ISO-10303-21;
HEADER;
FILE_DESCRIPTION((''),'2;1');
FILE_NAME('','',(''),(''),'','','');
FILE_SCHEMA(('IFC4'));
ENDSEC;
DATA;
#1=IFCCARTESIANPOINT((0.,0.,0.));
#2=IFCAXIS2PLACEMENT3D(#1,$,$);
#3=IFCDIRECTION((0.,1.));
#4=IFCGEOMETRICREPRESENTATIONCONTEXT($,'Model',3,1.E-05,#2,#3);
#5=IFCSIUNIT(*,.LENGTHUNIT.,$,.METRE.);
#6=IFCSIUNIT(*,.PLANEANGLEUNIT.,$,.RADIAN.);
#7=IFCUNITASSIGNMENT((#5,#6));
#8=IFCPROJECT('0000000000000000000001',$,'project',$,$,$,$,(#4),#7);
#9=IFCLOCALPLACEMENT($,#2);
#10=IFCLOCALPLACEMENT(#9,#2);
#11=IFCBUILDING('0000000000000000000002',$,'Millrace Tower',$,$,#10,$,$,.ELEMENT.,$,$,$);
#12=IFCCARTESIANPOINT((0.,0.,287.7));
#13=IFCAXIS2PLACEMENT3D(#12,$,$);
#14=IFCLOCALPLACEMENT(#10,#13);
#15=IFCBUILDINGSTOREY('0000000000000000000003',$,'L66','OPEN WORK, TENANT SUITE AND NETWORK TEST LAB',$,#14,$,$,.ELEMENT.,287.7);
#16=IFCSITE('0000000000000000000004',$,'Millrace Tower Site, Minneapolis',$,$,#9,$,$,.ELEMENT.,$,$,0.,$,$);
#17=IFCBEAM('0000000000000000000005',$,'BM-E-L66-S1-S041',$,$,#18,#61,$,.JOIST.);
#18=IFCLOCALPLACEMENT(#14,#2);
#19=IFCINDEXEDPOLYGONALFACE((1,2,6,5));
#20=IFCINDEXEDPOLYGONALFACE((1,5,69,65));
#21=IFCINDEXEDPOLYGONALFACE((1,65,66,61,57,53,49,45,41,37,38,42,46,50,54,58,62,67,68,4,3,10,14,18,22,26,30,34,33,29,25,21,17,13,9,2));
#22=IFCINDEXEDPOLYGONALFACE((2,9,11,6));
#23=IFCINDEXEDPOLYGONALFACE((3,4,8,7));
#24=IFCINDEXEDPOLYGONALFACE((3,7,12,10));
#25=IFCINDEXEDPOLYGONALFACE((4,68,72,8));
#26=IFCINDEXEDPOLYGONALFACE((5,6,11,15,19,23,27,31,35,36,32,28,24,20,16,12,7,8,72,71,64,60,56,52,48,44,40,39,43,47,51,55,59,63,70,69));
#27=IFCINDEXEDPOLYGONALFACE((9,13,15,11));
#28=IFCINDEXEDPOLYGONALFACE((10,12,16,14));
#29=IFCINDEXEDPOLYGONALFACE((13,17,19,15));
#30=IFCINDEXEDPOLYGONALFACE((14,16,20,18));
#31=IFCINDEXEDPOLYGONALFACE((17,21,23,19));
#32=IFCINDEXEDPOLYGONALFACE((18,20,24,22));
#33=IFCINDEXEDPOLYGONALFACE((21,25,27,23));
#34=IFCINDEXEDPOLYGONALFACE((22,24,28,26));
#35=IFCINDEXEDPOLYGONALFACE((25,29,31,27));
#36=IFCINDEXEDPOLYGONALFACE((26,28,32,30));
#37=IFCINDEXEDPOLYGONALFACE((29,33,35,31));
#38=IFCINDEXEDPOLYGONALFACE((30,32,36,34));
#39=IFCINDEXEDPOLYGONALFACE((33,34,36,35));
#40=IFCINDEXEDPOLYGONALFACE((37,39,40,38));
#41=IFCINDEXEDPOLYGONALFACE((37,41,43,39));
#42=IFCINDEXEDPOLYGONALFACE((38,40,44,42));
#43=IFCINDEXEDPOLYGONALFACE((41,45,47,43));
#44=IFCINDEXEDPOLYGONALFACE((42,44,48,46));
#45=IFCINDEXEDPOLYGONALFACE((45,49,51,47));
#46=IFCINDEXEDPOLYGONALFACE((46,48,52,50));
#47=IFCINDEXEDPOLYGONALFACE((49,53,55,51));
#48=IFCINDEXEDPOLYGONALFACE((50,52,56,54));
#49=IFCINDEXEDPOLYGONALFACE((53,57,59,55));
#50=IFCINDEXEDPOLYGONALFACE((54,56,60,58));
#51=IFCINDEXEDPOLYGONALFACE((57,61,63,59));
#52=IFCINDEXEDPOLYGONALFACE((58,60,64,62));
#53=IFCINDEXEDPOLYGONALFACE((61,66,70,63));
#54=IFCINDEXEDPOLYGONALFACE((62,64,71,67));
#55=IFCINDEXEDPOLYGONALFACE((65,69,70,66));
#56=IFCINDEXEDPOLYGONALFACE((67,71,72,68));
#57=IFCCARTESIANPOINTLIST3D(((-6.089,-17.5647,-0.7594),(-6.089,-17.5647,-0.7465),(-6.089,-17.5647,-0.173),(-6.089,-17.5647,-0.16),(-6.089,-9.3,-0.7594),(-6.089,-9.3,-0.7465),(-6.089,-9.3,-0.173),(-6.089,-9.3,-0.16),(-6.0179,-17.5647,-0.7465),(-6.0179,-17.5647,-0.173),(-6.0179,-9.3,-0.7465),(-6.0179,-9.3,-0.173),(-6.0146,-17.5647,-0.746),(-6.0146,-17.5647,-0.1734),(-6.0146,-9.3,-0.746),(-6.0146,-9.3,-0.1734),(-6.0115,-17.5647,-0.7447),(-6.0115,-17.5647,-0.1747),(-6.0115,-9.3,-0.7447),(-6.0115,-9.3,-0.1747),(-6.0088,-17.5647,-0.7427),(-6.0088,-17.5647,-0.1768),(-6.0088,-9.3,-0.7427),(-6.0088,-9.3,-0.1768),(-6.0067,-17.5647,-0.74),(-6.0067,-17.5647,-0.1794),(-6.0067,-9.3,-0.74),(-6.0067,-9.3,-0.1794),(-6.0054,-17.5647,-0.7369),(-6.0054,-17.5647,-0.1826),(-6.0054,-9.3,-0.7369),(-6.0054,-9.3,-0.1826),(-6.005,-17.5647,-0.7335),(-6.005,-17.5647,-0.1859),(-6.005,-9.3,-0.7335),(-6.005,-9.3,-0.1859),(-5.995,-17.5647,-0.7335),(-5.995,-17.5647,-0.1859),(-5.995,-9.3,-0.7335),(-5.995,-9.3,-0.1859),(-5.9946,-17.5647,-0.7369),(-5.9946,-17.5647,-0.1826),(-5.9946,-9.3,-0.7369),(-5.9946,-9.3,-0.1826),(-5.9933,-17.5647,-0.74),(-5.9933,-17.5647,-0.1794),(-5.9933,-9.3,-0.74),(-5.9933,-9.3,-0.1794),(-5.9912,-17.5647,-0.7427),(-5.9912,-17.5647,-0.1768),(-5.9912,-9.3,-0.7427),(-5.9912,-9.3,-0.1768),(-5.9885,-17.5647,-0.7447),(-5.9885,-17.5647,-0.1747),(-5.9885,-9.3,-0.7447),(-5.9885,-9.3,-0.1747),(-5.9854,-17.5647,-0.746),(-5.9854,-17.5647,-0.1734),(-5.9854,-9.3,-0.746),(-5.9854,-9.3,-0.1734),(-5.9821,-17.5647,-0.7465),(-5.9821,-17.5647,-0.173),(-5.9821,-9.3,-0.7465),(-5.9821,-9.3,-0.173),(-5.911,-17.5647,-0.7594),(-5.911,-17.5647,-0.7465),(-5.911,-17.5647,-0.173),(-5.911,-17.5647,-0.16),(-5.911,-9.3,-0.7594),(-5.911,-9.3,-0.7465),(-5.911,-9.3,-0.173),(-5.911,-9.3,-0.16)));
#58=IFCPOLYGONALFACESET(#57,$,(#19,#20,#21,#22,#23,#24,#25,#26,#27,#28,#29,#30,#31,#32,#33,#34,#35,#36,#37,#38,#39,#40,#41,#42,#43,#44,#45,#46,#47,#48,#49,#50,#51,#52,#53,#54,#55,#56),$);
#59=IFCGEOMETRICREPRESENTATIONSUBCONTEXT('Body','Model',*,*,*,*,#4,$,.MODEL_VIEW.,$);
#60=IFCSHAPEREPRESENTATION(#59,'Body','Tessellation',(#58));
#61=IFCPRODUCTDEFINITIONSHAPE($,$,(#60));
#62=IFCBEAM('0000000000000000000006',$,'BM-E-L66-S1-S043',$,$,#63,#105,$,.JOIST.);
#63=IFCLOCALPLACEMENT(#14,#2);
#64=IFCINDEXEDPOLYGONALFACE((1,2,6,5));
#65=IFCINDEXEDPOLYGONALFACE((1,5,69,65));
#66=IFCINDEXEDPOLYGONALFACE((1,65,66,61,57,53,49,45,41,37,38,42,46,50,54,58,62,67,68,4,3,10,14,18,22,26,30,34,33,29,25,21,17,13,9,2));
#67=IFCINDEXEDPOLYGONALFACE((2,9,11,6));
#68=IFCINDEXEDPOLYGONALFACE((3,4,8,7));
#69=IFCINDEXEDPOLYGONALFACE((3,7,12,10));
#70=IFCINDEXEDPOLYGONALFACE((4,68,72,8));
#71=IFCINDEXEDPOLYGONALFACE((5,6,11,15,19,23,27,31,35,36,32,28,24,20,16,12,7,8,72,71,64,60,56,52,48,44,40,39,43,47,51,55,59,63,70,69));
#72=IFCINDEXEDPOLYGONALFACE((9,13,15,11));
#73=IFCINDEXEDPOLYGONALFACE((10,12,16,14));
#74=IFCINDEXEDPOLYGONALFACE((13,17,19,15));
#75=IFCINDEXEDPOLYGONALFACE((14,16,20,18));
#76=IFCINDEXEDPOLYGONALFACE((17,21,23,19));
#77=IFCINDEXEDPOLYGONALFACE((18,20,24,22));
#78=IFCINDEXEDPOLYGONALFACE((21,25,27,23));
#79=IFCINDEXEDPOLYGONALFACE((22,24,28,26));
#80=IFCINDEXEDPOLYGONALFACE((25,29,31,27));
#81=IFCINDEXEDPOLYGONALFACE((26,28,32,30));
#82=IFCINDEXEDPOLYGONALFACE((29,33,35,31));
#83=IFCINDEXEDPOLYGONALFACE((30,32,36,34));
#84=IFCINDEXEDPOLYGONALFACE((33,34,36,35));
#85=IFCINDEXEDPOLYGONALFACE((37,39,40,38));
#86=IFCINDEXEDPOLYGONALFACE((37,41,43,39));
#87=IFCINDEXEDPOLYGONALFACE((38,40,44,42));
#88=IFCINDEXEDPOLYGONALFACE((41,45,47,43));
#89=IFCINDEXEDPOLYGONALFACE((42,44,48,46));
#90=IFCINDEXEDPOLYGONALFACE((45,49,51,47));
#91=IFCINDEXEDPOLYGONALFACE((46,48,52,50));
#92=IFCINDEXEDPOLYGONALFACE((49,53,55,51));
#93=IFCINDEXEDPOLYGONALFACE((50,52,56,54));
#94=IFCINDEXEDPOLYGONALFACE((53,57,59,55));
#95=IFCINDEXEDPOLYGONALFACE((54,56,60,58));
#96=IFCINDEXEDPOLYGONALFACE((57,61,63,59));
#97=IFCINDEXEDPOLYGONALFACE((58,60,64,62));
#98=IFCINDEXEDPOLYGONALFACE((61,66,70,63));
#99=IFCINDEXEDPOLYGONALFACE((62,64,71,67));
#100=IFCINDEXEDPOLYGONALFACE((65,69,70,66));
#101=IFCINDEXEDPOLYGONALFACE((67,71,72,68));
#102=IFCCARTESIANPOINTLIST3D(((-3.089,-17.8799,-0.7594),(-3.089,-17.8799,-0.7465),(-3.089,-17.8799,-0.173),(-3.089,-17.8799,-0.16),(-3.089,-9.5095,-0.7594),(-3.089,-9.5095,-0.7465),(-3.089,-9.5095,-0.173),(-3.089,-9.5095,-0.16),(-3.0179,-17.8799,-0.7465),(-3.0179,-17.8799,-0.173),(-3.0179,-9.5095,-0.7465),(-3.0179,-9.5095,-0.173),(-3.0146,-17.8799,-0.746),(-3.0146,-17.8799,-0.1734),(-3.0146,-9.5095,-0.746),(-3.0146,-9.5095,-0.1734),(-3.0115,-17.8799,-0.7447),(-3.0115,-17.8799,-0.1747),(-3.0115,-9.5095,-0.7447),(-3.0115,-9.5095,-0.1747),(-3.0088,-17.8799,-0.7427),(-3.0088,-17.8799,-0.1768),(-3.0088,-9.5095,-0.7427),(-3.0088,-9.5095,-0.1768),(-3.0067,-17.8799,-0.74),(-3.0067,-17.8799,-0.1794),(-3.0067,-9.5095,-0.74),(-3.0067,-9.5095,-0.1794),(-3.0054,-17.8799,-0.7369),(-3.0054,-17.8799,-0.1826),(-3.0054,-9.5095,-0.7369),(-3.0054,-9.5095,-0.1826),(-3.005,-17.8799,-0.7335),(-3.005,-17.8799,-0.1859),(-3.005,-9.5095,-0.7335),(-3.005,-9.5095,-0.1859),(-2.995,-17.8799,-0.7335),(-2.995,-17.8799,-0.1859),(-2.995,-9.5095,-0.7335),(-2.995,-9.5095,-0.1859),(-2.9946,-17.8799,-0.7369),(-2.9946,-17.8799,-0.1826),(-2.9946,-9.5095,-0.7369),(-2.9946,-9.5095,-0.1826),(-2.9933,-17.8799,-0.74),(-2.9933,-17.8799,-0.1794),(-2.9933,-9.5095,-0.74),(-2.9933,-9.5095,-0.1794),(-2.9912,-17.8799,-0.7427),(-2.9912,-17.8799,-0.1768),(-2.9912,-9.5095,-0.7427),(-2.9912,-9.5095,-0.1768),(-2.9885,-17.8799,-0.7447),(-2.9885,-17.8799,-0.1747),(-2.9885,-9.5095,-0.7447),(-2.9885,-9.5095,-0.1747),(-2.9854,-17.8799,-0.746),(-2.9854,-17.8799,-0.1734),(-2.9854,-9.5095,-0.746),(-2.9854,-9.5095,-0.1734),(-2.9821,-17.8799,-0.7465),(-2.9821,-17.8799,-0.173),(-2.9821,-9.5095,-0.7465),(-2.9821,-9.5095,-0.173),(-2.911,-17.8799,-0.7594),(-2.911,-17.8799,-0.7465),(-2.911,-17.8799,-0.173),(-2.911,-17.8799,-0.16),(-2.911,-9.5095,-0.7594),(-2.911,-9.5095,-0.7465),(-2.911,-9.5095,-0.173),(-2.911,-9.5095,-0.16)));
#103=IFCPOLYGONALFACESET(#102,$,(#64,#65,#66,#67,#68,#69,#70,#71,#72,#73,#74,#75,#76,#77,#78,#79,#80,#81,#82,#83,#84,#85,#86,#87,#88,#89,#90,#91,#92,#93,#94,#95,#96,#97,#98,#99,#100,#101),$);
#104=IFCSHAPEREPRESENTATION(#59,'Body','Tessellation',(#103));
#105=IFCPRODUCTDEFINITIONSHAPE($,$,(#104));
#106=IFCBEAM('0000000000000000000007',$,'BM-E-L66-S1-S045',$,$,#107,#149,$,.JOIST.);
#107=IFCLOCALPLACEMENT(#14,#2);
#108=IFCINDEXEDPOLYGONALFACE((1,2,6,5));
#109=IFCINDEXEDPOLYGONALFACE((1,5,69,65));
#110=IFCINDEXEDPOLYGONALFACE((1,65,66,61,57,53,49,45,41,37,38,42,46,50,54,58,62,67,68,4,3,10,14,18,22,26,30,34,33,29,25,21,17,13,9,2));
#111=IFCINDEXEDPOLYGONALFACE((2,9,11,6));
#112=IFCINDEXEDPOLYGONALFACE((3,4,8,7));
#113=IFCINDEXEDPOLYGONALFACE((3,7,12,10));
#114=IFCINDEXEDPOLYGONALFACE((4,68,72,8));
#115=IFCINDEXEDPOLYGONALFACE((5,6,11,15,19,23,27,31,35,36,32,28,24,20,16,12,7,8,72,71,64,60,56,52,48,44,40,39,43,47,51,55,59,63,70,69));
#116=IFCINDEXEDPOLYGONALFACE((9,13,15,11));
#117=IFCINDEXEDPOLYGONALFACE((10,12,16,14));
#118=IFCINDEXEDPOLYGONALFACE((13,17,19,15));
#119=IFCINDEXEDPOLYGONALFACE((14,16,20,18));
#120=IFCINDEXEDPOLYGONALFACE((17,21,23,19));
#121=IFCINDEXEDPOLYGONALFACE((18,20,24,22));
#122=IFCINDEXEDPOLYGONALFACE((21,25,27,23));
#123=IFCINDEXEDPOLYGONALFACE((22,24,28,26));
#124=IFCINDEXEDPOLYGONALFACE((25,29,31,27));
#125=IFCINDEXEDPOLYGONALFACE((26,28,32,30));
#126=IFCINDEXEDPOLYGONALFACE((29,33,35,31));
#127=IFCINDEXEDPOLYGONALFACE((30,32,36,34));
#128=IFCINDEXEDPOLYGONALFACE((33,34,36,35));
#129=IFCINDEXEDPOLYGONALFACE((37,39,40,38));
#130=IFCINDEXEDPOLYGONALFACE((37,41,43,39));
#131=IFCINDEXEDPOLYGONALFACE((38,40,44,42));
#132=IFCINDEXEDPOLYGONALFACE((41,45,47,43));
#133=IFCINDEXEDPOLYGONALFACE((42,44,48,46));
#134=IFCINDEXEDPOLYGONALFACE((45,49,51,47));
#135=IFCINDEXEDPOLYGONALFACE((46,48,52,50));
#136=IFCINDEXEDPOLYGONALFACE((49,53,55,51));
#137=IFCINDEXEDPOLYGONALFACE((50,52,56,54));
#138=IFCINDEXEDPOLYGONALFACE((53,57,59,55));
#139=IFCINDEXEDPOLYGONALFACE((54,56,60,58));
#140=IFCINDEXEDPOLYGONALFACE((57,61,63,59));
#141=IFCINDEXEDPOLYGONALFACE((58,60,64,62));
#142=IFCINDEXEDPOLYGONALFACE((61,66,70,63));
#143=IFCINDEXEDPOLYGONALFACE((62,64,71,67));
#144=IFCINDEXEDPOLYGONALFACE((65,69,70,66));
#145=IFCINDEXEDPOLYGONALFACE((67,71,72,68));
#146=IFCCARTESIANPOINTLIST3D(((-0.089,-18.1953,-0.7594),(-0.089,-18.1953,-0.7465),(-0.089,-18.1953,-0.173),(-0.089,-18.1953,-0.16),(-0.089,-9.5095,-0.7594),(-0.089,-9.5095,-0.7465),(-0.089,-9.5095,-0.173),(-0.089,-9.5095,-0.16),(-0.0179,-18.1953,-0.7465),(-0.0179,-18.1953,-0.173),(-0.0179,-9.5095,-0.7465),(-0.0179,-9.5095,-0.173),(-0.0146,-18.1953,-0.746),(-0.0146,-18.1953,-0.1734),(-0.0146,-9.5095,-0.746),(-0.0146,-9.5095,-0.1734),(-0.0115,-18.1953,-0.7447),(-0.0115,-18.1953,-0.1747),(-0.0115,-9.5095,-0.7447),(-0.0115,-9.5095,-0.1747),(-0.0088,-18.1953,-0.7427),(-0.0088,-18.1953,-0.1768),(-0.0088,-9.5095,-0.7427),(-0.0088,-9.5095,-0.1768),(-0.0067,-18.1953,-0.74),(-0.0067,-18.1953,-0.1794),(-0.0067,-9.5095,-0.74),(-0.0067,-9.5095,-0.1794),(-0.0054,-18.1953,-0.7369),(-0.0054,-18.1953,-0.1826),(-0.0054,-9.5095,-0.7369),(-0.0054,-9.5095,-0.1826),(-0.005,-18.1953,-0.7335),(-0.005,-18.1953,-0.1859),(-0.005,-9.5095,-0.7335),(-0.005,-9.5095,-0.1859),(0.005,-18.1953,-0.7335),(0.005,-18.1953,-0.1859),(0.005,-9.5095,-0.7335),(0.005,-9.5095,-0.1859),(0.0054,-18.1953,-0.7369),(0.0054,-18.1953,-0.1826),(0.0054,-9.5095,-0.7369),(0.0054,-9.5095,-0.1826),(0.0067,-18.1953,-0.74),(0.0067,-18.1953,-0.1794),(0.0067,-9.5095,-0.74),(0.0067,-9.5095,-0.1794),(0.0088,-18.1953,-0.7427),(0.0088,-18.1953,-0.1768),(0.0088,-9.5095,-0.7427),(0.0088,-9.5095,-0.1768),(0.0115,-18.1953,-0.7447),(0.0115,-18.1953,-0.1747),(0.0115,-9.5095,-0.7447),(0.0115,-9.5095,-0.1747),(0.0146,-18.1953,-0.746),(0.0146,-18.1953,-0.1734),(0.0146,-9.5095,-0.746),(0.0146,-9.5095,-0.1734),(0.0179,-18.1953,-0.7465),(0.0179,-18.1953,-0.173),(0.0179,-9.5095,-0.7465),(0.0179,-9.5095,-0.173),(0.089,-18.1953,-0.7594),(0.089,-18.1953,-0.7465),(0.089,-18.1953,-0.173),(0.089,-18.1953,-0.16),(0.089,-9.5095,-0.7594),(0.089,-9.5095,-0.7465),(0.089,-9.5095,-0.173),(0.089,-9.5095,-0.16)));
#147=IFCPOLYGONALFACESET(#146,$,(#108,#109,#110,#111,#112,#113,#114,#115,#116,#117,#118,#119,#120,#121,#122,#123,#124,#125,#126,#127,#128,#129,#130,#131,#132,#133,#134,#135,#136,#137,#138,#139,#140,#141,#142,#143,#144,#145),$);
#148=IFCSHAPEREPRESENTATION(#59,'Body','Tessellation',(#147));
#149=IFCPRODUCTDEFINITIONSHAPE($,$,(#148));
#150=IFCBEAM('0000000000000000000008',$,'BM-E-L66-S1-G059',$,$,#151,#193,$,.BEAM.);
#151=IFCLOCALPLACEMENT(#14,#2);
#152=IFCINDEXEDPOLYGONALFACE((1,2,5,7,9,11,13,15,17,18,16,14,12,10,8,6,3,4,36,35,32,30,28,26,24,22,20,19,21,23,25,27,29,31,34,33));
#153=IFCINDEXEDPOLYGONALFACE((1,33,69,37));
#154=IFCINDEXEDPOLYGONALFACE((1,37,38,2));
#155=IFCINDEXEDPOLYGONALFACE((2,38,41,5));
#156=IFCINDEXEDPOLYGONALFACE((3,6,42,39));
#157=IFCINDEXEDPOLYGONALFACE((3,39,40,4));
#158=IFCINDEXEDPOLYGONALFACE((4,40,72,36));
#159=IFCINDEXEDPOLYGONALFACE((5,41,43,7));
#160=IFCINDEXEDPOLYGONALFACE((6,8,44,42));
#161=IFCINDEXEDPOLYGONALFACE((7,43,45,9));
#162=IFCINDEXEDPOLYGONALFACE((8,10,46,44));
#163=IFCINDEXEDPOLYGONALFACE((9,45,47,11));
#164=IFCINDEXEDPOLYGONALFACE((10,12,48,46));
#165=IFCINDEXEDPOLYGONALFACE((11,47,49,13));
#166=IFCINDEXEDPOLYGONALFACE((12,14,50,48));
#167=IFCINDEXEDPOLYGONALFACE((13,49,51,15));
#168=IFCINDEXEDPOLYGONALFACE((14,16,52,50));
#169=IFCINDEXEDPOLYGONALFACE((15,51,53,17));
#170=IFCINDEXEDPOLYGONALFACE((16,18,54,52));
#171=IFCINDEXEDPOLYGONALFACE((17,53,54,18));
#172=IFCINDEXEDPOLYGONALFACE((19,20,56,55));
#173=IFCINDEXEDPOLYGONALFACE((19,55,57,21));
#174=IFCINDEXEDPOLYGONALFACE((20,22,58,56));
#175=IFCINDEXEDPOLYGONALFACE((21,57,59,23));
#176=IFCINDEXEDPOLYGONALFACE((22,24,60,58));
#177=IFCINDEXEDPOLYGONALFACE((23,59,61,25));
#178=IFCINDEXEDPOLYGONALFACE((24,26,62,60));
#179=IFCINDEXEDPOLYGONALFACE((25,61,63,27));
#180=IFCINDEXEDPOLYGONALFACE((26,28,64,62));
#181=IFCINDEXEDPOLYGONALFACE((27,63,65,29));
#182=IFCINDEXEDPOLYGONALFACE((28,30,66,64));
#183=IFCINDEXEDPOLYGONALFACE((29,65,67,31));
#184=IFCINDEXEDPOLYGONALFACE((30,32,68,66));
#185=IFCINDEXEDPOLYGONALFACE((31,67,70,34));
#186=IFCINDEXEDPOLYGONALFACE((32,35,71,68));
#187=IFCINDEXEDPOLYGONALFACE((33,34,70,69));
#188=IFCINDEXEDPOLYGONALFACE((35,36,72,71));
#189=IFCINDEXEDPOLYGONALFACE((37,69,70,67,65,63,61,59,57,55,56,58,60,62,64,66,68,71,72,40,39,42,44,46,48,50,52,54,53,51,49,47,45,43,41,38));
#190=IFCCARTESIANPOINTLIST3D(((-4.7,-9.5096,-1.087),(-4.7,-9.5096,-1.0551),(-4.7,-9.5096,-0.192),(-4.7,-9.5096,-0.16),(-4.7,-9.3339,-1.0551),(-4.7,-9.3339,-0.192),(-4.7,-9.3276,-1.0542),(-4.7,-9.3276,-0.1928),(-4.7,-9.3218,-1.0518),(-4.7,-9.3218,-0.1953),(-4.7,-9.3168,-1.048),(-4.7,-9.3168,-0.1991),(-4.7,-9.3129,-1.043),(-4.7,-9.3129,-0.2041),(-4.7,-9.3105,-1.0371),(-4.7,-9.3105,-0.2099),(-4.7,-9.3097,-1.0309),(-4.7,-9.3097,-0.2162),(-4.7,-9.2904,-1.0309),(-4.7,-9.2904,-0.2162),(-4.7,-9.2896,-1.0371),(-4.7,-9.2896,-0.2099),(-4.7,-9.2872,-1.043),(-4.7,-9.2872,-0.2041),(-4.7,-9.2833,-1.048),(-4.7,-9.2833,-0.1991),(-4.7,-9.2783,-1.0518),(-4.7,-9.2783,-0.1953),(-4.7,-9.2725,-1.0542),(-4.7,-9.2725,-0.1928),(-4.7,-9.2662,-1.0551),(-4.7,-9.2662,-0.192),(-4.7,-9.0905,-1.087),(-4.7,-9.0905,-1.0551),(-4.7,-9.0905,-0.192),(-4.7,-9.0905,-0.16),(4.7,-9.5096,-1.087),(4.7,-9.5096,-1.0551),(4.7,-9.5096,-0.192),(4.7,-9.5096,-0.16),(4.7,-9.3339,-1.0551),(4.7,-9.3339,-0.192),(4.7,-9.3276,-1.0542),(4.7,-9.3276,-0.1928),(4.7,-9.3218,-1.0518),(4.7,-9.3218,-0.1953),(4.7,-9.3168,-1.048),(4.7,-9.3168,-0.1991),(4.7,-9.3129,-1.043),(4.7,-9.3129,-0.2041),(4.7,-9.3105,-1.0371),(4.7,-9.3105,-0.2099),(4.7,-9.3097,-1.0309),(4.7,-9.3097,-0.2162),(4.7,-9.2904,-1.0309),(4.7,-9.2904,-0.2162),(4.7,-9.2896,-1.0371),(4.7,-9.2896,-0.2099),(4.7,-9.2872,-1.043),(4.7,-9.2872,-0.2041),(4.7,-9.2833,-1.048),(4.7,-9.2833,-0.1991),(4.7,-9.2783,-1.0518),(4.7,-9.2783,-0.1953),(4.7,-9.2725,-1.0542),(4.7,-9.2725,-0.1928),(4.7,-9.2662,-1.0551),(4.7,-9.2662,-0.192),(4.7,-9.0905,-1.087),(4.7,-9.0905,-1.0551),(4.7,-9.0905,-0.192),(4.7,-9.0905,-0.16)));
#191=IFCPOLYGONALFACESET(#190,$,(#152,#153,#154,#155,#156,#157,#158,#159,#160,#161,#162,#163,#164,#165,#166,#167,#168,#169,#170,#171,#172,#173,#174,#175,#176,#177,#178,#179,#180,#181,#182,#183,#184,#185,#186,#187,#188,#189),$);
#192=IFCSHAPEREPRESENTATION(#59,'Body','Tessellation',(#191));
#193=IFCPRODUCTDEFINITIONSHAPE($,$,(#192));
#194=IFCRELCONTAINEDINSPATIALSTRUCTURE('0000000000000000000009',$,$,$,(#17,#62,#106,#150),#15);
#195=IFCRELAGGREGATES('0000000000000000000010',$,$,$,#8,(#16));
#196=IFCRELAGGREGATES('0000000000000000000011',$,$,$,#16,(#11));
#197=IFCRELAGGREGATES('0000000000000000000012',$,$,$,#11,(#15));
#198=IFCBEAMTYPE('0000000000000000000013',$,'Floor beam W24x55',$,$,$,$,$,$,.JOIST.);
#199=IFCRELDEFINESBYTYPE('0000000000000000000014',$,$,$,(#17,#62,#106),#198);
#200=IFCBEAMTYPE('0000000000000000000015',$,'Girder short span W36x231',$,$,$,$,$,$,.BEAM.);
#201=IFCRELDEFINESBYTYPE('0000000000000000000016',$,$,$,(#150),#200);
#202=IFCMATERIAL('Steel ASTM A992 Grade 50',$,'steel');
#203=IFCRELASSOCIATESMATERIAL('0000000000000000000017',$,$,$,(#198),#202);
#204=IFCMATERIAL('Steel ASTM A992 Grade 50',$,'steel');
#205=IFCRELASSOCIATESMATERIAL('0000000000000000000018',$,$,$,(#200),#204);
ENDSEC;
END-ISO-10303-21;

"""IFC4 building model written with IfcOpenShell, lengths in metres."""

from ifc_helpers import new_model, si_unit, direction, frame, origin, origin_2d, place, context, subcontext, project, spatial, i_section, extrude, material, material_profile, profile_set, type_object, element, save


model = new_model("IFC4")

# Units and contexts
model_context = context("Model", 3, precision=1e-05, world=origin(), true_north=direction((0.0, 1.0)))
body_context = subcontext(model_context, "Body", "Model", "MODEL_VIEW")
ifc_project = project(units=[si_unit("LENGTHUNIT", "METRE"), si_unit("PLANEANGLEUNIT", "RADIAN")], contexts=[model_context])

# Site, building, storey
site_placement = place(None, origin())
site = spatial("IfcSite", under=ifc_project, at=site_placement, Name="Millrace Tower Site, Minneapolis", CompositionType="ELEMENT", RefElevation=0.0)
building_placement = place(site_placement, origin())
building = spatial("IfcBuilding", under=site, at=building_placement, Name="Millrace Tower", CompositionType="ELEMENT")
storey_placement = place(building_placement, frame((0.0, 0.0, 287.7)))
storey = spatial("IfcBuildingStorey", under=building, at=storey_placement, Name="L66", Description="OPEN WORK, TENANT SUITE AND NETWORK TEST LAB", CompositionType="ELEMENT", Elevation=287.7)

# Beams
ifc_material_1 = material(Name="Steel ASTM A992 Grade 50", Category="steel")
ifc_material_profile_1 = material_profile(ifc_material_1, i_section(OverallWidth=0.178, OverallDepth=0.5994, WebThickness=0.01, FlangeThickness=0.0129, FilletRadius=0.0129, at=origin_2d()))
ifc_profile_set_1 = profile_set([ifc_material_profile_1], Name="Steel ASTM A992 Grade 50")
beam_type_1 = type_object("IfcBeamType", Name="Floor beam W24x55", PredefinedType="JOIST", material=ifc_profile_set_1)
beam_1_placement = place(storey_placement, frame((-6.0, -17.5647, -0.4597), z_axis=(0.0, 1.0, 0.0), x_axis=(-1.0, 0.0, 0.0)))
element("IfcBeam", 1, at=beam_1_placement, inside=storey, type_object=beam_type_1, Name="BM-E-L66-S1-S041", PredefinedType="JOIST", context=body_context, shape_type="SweptSolid", body=[
    extrude(i_section(OverallWidth=0.178, OverallDepth=0.5994, WebThickness=0.01, FlangeThickness=0.0129, FilletRadius=0.0129, at=origin_2d()), origin(), (0.0, 0.0, 1.0), 8.2646),
])
beam_2_placement = place(storey_placement, frame((-3.0, -17.8799, -0.4597), z_axis=(0.0, 1.0, 0.0), x_axis=(-1.0, 0.0, 0.0)))
element("IfcBeam", 2, at=beam_2_placement, inside=storey, type_object=beam_type_1, Name="BM-E-L66-S1-S043", PredefinedType="JOIST", context=body_context, shape_type="SweptSolid", body=[
    extrude(i_section(OverallWidth=0.178, OverallDepth=0.5994, WebThickness=0.01, FlangeThickness=0.0129, FilletRadius=0.0129, at=origin_2d()), origin(), (0.0, 0.0, 1.0), 8.3704),
])
beam_3_placement = place(storey_placement, frame((0.0, -18.1953, -0.4597), z_axis=(0.0, 1.0, 0.0), x_axis=(-1.0, 0.0, 0.0)))
element("IfcBeam", 3, at=beam_3_placement, inside=storey, type_object=beam_type_1, Name="BM-E-L66-S1-S045", PredefinedType="JOIST", context=body_context, shape_type="SweptSolid", body=[
    extrude(i_section(OverallWidth=0.178, OverallDepth=0.5994, WebThickness=0.01, FlangeThickness=0.0129, FilletRadius=0.0129, at=origin_2d()), origin(), (0.0, 0.0, 1.0), 8.6858),
])
ifc_material_2 = material(Name="Steel ASTM A992 Grade 50", Category="steel")
ifc_material_profile_2 = material_profile(ifc_material_2, i_section(OverallWidth=0.4192, OverallDepth=0.927, WebThickness=0.0193, FlangeThickness=0.032, FilletRadius=0.0242, at=origin_2d()))
ifc_profile_set_2 = profile_set([ifc_material_profile_2], Name="Steel ASTM A992 Grade 50")
beam_type_2 = type_object("IfcBeamType", Name="Girder short span W36x231", PredefinedType="BEAM", material=ifc_profile_set_2)
beam_4_placement = place(storey_placement, frame((-4.7, -9.3, -0.6235), z_axis=(1.0, 0.0, 0.0), x_axis=(0.0, 1.0, 0.0)))
element("IfcBeam", 4, at=beam_4_placement, inside=storey, type_object=beam_type_2, Name="BM-E-L66-S1-G059", PredefinedType="BEAM", context=body_context, shape_type="SweptSolid", body=[
    extrude(i_section(OverallWidth=0.4192, OverallDepth=0.927, WebThickness=0.0193, FlangeThickness=0.032, FilletRadius=0.0242, at=origin_2d()), origin(), (0.0, 0.0, 1.0), 9.3999),
])

save(model, "model.ifc")
